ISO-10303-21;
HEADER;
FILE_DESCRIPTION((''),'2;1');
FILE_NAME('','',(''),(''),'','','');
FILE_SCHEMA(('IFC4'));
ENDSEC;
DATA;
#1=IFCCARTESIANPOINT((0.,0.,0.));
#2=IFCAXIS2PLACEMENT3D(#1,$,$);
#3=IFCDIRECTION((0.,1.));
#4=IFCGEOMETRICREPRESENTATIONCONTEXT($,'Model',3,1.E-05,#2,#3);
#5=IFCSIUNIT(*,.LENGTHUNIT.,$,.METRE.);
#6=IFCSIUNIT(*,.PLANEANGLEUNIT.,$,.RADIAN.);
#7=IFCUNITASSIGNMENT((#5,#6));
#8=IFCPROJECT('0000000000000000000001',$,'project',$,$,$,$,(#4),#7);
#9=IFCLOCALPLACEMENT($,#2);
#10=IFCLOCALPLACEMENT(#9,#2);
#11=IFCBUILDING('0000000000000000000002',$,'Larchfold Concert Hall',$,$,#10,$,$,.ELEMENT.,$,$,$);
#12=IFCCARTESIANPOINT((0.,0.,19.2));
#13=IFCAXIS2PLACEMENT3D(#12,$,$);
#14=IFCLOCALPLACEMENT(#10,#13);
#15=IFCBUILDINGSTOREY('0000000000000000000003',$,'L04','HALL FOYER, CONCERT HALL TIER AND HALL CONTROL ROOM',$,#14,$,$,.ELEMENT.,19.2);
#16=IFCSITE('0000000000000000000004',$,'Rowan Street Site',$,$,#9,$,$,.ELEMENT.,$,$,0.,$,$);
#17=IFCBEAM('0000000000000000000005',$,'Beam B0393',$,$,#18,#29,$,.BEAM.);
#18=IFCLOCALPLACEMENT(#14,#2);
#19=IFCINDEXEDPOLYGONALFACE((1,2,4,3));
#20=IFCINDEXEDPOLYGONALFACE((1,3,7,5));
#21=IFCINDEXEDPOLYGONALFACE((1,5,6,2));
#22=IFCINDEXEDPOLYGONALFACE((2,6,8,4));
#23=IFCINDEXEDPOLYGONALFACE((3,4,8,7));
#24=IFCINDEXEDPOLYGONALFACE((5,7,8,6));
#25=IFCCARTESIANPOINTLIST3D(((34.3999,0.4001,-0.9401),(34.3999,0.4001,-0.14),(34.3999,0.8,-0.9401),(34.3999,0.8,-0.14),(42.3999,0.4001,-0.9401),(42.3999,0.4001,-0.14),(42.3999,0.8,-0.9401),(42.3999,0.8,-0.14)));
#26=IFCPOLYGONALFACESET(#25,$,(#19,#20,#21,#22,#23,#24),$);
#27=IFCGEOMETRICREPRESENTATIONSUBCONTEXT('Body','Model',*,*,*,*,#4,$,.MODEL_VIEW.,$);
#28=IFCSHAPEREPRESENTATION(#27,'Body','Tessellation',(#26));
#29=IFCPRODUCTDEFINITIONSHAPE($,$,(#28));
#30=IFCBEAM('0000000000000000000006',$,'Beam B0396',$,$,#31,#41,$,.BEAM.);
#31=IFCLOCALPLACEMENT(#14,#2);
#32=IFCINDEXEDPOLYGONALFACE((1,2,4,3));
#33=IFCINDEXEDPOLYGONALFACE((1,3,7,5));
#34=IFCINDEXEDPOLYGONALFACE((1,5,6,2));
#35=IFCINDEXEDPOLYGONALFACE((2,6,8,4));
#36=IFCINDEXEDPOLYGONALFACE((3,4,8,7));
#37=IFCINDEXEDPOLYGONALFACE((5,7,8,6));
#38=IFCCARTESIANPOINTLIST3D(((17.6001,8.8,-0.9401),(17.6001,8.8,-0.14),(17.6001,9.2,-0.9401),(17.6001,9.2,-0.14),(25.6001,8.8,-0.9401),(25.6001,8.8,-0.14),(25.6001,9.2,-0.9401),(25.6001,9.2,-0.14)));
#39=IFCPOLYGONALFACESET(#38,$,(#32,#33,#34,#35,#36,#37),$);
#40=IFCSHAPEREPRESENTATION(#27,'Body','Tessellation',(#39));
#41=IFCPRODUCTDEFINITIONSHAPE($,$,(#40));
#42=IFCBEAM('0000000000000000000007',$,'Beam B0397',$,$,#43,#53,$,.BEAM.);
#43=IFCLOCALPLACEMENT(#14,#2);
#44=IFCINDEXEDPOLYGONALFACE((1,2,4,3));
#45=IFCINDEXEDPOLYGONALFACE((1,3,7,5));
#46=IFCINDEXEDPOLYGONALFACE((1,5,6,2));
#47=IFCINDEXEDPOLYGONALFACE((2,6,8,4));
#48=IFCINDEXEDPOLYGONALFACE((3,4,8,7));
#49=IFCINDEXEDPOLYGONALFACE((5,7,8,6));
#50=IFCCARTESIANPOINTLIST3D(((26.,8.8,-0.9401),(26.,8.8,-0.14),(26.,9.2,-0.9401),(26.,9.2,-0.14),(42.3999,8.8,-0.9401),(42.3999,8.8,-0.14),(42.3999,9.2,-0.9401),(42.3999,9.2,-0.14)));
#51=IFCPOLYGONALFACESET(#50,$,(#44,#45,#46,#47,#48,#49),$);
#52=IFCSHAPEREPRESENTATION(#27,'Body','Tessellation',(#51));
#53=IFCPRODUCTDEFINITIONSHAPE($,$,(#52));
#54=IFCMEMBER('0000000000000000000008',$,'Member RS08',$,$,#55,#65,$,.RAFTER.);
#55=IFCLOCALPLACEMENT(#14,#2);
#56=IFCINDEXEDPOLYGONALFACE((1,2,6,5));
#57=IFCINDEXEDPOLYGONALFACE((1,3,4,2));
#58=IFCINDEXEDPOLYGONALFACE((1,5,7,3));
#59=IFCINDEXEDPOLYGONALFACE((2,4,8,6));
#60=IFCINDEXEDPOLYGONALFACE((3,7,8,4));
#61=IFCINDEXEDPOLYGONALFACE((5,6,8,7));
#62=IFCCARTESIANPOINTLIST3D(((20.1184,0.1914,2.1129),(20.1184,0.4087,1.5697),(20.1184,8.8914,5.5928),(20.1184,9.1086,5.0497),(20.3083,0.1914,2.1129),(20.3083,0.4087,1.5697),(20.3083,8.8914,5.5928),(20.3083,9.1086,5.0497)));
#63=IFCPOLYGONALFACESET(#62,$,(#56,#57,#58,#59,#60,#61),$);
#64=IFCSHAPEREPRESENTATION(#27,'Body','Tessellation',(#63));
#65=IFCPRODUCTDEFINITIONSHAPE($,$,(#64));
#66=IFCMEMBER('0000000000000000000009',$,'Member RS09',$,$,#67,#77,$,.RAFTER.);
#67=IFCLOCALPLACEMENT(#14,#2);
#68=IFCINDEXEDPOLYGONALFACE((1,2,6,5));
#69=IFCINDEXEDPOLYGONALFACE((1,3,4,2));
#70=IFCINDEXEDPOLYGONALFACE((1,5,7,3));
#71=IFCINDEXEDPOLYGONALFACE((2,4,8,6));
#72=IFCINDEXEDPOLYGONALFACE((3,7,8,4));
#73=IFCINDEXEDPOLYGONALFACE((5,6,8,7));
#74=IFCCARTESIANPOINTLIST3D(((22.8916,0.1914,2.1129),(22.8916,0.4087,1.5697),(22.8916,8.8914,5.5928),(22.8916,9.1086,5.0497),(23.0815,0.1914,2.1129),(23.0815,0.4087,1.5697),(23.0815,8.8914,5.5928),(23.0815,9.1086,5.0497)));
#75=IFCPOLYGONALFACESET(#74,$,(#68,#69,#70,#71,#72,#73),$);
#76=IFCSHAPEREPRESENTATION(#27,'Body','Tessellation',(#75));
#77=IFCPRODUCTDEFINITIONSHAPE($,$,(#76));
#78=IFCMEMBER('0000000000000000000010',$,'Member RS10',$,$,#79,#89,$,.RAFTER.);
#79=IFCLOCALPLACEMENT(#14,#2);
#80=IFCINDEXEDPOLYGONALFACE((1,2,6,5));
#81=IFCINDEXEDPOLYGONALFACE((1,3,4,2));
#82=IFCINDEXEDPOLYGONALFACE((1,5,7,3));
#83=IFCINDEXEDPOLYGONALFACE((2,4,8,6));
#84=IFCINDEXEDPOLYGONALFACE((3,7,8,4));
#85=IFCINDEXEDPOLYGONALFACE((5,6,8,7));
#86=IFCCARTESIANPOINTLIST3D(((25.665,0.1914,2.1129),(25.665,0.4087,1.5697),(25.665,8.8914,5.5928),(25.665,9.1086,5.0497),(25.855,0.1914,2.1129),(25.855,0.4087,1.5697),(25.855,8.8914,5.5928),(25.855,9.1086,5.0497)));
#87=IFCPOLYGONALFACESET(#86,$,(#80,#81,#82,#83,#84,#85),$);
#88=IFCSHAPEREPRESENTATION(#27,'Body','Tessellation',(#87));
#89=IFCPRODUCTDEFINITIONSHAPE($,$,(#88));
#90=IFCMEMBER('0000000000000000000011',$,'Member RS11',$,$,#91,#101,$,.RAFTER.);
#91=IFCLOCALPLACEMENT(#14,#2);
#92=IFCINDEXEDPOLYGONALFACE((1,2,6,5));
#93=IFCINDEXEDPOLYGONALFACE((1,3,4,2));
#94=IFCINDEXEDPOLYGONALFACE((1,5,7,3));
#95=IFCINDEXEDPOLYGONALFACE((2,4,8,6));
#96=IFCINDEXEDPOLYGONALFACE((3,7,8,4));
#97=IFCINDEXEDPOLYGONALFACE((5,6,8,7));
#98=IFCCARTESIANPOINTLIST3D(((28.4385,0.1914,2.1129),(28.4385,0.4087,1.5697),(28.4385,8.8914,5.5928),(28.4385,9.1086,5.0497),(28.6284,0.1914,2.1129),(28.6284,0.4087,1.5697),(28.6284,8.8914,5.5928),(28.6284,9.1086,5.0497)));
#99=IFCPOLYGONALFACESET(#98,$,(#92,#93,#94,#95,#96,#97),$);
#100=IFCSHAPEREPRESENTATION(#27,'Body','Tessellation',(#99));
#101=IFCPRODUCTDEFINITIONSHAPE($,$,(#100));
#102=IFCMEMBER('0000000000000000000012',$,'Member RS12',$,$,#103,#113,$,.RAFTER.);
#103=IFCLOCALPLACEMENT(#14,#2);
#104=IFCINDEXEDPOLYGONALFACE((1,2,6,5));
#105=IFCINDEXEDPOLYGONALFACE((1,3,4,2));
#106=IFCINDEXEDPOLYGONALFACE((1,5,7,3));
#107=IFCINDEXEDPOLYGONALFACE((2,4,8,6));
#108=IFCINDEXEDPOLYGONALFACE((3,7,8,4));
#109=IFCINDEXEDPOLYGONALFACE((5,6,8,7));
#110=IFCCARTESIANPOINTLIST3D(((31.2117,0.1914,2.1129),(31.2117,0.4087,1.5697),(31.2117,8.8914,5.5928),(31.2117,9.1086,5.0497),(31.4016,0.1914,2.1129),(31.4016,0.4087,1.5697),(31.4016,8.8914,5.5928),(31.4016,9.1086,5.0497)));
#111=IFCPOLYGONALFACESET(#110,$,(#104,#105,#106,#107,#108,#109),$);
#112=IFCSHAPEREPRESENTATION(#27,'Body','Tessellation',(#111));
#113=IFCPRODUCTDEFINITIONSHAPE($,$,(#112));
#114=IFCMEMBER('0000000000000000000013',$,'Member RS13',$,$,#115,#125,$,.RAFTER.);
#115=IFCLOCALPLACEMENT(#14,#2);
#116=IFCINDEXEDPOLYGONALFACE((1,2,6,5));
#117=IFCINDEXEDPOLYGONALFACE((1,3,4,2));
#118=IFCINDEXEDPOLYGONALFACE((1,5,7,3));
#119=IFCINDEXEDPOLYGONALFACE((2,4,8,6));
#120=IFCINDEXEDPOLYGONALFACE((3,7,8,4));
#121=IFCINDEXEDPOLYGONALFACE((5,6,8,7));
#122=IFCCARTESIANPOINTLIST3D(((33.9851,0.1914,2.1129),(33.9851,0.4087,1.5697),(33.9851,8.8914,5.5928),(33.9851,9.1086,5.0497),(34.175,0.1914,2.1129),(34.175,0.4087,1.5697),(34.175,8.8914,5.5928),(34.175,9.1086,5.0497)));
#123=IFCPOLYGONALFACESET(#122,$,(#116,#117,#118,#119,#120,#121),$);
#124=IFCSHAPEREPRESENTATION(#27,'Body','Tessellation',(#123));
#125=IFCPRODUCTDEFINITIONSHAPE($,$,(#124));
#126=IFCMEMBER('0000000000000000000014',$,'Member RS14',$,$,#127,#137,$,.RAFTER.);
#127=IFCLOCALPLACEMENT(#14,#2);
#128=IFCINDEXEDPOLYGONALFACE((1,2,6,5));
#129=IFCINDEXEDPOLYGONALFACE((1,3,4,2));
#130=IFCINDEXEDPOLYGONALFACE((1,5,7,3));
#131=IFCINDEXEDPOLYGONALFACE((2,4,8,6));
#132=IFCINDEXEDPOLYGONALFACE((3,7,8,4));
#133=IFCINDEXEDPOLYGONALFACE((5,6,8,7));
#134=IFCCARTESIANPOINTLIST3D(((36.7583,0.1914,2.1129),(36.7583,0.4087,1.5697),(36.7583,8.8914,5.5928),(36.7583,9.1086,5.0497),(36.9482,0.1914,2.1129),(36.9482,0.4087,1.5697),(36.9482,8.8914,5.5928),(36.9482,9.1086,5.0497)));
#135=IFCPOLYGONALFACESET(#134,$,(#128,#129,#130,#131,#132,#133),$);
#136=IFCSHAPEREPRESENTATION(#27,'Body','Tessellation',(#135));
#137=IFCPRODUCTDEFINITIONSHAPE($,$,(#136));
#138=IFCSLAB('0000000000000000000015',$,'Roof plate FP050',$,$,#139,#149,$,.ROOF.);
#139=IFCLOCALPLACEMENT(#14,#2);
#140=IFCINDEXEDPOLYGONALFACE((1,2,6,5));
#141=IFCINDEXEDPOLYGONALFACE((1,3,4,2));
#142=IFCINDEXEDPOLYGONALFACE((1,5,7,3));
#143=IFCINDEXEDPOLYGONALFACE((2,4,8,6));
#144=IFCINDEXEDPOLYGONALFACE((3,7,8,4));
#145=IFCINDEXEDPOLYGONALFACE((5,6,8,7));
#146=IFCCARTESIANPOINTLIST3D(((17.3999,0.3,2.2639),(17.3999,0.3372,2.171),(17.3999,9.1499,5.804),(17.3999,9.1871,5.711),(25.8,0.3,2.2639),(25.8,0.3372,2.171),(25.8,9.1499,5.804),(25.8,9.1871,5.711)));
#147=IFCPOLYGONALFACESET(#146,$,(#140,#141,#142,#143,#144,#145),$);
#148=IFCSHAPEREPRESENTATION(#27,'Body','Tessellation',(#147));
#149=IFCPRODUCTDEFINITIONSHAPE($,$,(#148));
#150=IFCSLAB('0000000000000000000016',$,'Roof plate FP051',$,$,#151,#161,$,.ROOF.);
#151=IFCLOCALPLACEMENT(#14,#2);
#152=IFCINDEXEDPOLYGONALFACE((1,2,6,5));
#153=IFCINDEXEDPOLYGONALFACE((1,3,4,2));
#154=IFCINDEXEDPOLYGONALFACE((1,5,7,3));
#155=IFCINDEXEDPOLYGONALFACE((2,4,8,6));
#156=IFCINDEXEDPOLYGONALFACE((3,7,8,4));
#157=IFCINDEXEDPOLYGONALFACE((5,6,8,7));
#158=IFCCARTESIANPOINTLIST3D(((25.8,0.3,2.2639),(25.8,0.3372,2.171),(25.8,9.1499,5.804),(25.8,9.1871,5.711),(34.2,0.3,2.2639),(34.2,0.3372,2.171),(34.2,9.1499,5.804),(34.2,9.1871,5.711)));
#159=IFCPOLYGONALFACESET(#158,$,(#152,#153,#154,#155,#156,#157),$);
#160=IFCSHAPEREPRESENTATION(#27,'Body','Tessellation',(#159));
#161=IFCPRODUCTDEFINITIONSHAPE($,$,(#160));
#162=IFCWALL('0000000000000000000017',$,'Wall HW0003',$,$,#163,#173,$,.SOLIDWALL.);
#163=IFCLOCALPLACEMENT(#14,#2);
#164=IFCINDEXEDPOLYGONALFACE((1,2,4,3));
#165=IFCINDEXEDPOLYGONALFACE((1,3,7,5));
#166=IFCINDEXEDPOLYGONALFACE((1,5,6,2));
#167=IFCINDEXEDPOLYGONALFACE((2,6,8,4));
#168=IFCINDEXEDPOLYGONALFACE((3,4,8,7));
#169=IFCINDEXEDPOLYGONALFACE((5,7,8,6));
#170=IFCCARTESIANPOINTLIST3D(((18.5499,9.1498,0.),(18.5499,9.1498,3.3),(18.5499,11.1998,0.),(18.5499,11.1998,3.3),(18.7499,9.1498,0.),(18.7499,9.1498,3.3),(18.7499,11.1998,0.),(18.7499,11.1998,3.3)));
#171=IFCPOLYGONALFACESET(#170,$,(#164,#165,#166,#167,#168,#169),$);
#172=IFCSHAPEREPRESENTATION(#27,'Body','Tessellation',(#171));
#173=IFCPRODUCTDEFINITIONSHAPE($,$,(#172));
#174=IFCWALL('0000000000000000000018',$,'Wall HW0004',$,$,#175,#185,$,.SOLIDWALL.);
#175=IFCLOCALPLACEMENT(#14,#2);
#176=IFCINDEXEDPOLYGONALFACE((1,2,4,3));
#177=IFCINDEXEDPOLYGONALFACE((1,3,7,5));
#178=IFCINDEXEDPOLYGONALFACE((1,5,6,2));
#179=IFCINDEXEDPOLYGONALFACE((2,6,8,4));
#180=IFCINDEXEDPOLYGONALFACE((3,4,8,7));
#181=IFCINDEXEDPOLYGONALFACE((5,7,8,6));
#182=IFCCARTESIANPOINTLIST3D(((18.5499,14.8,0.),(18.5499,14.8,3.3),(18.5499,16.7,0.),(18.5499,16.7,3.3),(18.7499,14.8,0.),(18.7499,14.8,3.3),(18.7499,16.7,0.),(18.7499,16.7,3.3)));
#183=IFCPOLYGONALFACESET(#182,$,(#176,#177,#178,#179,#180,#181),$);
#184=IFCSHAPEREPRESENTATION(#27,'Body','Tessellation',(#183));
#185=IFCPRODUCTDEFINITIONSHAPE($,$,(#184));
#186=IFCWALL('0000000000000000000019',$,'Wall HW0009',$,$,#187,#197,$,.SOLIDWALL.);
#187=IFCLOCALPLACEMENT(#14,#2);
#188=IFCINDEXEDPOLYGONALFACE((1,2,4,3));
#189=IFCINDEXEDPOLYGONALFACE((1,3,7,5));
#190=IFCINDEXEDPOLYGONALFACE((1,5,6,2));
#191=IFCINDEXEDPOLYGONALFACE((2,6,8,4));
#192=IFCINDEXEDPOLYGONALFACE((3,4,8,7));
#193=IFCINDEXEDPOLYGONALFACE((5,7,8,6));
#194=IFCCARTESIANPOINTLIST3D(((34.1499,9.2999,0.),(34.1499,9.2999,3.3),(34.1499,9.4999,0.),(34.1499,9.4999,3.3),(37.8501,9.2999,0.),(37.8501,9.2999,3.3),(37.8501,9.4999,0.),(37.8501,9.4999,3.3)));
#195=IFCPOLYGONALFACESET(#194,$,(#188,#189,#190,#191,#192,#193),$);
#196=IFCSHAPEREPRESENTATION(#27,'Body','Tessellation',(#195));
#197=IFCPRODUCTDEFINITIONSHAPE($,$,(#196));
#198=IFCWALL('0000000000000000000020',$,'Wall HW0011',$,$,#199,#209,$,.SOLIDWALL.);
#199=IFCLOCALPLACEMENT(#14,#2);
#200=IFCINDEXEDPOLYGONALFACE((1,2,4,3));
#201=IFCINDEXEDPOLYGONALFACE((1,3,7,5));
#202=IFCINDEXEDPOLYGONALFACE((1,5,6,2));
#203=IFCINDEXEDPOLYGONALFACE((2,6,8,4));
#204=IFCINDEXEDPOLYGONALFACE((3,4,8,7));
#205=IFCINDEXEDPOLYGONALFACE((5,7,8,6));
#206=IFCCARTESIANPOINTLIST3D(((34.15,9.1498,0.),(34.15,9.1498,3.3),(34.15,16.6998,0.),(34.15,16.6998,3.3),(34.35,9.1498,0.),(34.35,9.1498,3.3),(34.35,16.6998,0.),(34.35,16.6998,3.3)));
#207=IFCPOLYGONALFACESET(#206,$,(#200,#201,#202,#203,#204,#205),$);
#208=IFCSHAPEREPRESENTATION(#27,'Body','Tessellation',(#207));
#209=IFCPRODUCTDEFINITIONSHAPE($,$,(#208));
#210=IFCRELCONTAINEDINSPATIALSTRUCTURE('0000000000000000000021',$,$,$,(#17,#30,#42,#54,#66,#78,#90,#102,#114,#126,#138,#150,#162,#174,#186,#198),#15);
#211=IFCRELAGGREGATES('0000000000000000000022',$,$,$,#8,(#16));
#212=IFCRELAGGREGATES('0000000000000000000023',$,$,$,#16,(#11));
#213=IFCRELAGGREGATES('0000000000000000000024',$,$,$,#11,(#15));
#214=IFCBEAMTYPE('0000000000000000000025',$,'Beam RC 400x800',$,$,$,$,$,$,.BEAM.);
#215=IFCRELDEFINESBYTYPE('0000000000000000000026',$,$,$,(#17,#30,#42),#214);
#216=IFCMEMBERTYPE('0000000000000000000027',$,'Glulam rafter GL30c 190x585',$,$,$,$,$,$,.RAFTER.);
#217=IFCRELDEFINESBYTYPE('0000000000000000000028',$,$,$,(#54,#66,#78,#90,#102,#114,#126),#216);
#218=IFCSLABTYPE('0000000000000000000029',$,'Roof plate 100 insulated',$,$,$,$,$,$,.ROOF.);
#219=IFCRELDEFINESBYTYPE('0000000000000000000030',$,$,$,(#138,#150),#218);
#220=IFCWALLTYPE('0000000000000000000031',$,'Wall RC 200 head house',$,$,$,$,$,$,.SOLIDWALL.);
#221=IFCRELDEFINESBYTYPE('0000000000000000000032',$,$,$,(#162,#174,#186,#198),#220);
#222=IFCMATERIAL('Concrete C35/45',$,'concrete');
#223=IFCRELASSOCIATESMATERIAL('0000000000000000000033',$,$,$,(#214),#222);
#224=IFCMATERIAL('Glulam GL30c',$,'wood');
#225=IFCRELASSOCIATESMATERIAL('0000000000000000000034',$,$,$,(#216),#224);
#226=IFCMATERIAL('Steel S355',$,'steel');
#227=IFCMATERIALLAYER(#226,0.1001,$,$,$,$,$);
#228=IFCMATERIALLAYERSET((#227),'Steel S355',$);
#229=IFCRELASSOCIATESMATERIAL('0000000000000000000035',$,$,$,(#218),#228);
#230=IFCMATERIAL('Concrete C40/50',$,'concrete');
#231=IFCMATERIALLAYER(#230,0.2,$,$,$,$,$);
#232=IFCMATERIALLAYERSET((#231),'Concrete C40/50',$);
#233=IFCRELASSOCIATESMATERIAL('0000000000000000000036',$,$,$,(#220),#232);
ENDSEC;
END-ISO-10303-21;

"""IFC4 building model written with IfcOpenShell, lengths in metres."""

from ifc_helpers import new_model, si_unit, direction, frame, frame_2d, origin, origin_2d, place, context, subcontext, project, spatial, polyline, rectangle, outline, extrude, material, layer, layer_set, material_profile, profile_set, type_object, element, save


model = new_model("IFC4")

# Units and contexts
model_context = context("Model", 3, precision=1e-05, world=origin(), true_north=direction((0.0, 1.0)))
body_context = subcontext(model_context, "Body", "Model", "MODEL_VIEW")
ifc_project = project(units=[si_unit("LENGTHUNIT", "METRE"), si_unit("PLANEANGLEUNIT", "RADIAN")], contexts=[model_context])

# Site, building, storey
site_placement = place(None, origin())
site = spatial("IfcSite", under=ifc_project, at=site_placement, Name="Rowan Street Site", CompositionType="ELEMENT", RefElevation=0.0)
building_placement = place(site_placement, origin())
building = spatial("IfcBuilding", under=site, at=building_placement, Name="Larchfold Concert Hall", CompositionType="ELEMENT")
storey_placement = place(building_placement, frame((0.0, 0.0, 19.2)))
storey = spatial("IfcBuildingStorey", under=building, at=storey_placement, Name="L04", Description="HALL FOYER, CONCERT HALL TIER AND HALL CONTROL ROOM", CompositionType="ELEMENT", Elevation=19.2)

# Beams
ifc_material_1 = material(Name="Concrete C35/45", Category="concrete")
ifc_material_profile_1 = material_profile(ifc_material_1, rectangle(XDim=0.3999, YDim=0.8, at=origin_2d()))
ifc_profile_set_1 = profile_set([ifc_material_profile_1], Name="Concrete C35/45")
beam_type_1 = type_object("IfcBeamType", Name="Beam RC 400x800", PredefinedType="BEAM", material=ifc_profile_set_1)
for number, where, z_axis, x_axis, name in (
    (1, (34.3999, 0.6001, -0.54), (1.0, 0.0, 0.0), (0.0, 1.0, 0.0), "Beam B0393"),
    (2, (17.6001, 9.0, -0.54), (1.0, 0.0, 0.0), (0.0, 1.0, 0.0), "Beam B0396"),
):
    element("IfcBeam", number, at=place(storey_placement, frame(where, z_axis=z_axis, x_axis=x_axis)), inside=storey, type_object=beam_type_1, Name=name, PredefinedType="BEAM", context=body_context, shape_type="SweptSolid", body=[
        extrude(rectangle(XDim=0.3999, YDim=0.8, at=origin_2d()), origin(), (0.0, 0.0, 1.0), 8.0),
    ])
beam_1_placement = place(storey_placement, frame((26.0, 9.0, -0.54), z_axis=(1.0, 0.0, 0.0), x_axis=(0.0, 1.0, 0.0)))
element("IfcBeam", 3, at=beam_1_placement, inside=storey, type_object=beam_type_1, Name="Beam B0397", PredefinedType="BEAM", context=body_context, shape_type="SweptSolid", body=[
    extrude(rectangle(XDim=0.3999, YDim=0.8, at=origin_2d()), origin(), (0.0, 0.0, 1.0), 16.3999),
])

# Members
ifc_material_2 = material(Name="Glulam GL30c", Category="wood")
ifc_material_profile_2 = material_profile(ifc_material_2, rectangle(XDim=0.1899, YDim=0.585, at=origin_2d()))
ifc_profile_set_2 = profile_set([ifc_material_profile_2], Name="Glulam GL30c")
member_type = type_object("IfcMemberType", Name="Glulam rafter GL30c 190x585", PredefinedType="RAFTER", material=ifc_profile_set_2)
for number, where, z_axis, x_axis, name in (
    (4, (20.2134, 0.3, 1.8413), (0.0, 0.928477, 0.371391), (-1.0, 0.0, 0.0), "Member RS08"),
    (5, (22.9866, 0.3, 1.8413), (0.0, 0.928477, 0.371391), (-1.0, 0.0, 0.0), "Member RS09"),
    (6, (25.76, 0.3, 1.8413), (0.0, 0.928477, 0.371391), (-1.0, 0.0, 0.0), "Member RS10"),
    (7, (28.5334, 0.3, 1.8413), (0.0, 0.928477, 0.371391), (-1.0, 0.0, 0.0), "Member RS11"),
    (8, (31.3066, 0.3, 1.8413), (0.0, 0.928477, 0.371391), (-1.0, 0.0, 0.0), "Member RS12"),
    (9, (34.0801, 0.3, 1.8413), (0.0, 0.928477, 0.371391), (-1.0, 0.0, 0.0), "Member RS13"),
    (10, (36.8533, 0.3, 1.8413), (0.0, 0.928477, 0.371391), (-1.0, 0.0, 0.0), "Member RS14"),
):
    element("IfcMember", number, at=place(storey_placement, frame(where, z_axis=z_axis, x_axis=x_axis)), inside=storey, type_object=member_type, Name=name, PredefinedType="RAFTER", context=body_context, shape_type="SweptSolid", body=[
        extrude(rectangle(XDim=0.1899, YDim=0.585, at=origin_2d()), origin(), (0.0, 0.0, 1.0), 9.3701),
    ])

# Slabs
ifc_material_3 = material(Name="Steel S355", Category="steel")
ifc_layer_1 = layer(ifc_material_3, 0.1001)
ifc_layer_set_1 = layer_set([ifc_layer_1], Name="Steel S355")
slab_type = type_object("IfcSlabType", Name="Roof plate 100 insulated", PredefinedType="ROOF", material=ifc_layer_set_1)
slab_1_placement = place(storey_placement, frame((25.8, 0.3, 2.2639), z_axis=(0.0, -0.3714, 0.928473), x_axis=(0.0, 0.928473, 0.3714)))
element("IfcSlab", 11, at=slab_1_placement, inside=storey, type_object=slab_type, Name="Roof plate FP050", PredefinedType="ROOF", context=body_context, shape_type="SweptSolid", body=[
    extrude(outline(polyline([(0.0, 0.0), (9.5316, 0.0), (9.5316, 8.4001), (0.0, 8.4001), (0.0, 0.0)])), origin(), (0.0, 0.0, -1.0), 0.1001),
])
slab_2_placement = place(storey_placement, frame((34.2, 0.3, 2.2639), z_axis=(0.0, -0.3714, 0.928473), x_axis=(0.0, 0.928473, 0.3714)))
element("IfcSlab", 12, at=slab_2_placement, inside=storey, type_object=slab_type, Name="Roof plate FP051", PredefinedType="ROOF", context=body_context, shape_type="SweptSolid", body=[
    extrude(outline(polyline([(0.0, 0.0), (9.5316, 0.0), (9.5316, 8.3999), (0.0, 8.3999), (0.0, 0.0)])), origin(), (0.0, 0.0, -1.0), 0.1001),
])

# Walls
ifc_material_4 = material(Name="Concrete C40/50", Category="concrete")
ifc_layer_2 = layer(ifc_material_4, 0.2)
ifc_layer_set_2 = layer_set([ifc_layer_2], Name="Concrete C40/50")
wall_type = type_object("IfcWallType", Name="Wall RC 200 head house", PredefinedType="SOLIDWALL", material=ifc_layer_set_2)
wall_1_placement = place(storey_placement, frame((18.6499, 9.1499, 0.0), z_axis=(0.0, 0.0, 1.0), x_axis=(0.0, 1.0, 0.0)))
element("IfcWall", 13, at=wall_1_placement, inside=storey, type_object=wall_type, Name="Wall HW0003", PredefinedType="SOLIDWALL", context=body_context, shape_type="SweptSolid", body=[
    extrude(rectangle(XDim=2.05, YDim=0.2, at=frame_2d((1.0249, 0.0))), origin(), (0.0, 0.0, 1.0), 3.3),
])
wall_2_placement = place(storey_placement, frame((18.6499, 14.8, 0.0), z_axis=(0.0, 0.0, 1.0), x_axis=(0.0, 1.0, 0.0)))
element("IfcWall", 14, at=wall_2_placement, inside=storey, type_object=wall_type, Name="Wall HW0004", PredefinedType="SOLIDWALL", context=body_context, shape_type="SweptSolid", body=[
    extrude(rectangle(XDim=1.8999, YDim=0.2, at=frame_2d((0.95, 0.0))), origin(), (0.0, 0.0, 1.0), 3.3),
])
wall_3_placement = place(storey_placement, frame((34.1499, 9.3999, 0.0), z_axis=(0.0, 0.0, 1.0), x_axis=(1.0, 0.0, 0.0)))
element("IfcWall", 15, at=wall_3_placement, inside=storey, type_object=wall_type, Name="Wall HW0009", PredefinedType="SOLIDWALL", context=body_context, shape_type="SweptSolid", body=[
    extrude(rectangle(XDim=3.7002, YDim=0.2, at=frame_2d((1.8501, 0.0))), origin(), (0.0, 0.0, 1.0), 3.3),
])
for number, where, z_axis, x_axis, name in (
    (16, (34.25, 9.1499, 0.0), (0.0, 0.0, 1.0), (0.0, 1.0, 0.0), "Wall HW0011"),
):
    element("IfcWall", number, at=place(storey_placement, frame(where, z_axis=z_axis, x_axis=x_axis)), inside=storey, type_object=wall_type, Name=name, PredefinedType="SOLIDWALL", context=body_context, shape_type="SweptSolid", body=[
        extrude(rectangle(XDim=7.55, YDim=0.2, at=frame_2d((3.7749, 0.0))), origin(), (0.0, 0.0, 1.0), 3.3),
    ])

save(model, "model.ifc")
